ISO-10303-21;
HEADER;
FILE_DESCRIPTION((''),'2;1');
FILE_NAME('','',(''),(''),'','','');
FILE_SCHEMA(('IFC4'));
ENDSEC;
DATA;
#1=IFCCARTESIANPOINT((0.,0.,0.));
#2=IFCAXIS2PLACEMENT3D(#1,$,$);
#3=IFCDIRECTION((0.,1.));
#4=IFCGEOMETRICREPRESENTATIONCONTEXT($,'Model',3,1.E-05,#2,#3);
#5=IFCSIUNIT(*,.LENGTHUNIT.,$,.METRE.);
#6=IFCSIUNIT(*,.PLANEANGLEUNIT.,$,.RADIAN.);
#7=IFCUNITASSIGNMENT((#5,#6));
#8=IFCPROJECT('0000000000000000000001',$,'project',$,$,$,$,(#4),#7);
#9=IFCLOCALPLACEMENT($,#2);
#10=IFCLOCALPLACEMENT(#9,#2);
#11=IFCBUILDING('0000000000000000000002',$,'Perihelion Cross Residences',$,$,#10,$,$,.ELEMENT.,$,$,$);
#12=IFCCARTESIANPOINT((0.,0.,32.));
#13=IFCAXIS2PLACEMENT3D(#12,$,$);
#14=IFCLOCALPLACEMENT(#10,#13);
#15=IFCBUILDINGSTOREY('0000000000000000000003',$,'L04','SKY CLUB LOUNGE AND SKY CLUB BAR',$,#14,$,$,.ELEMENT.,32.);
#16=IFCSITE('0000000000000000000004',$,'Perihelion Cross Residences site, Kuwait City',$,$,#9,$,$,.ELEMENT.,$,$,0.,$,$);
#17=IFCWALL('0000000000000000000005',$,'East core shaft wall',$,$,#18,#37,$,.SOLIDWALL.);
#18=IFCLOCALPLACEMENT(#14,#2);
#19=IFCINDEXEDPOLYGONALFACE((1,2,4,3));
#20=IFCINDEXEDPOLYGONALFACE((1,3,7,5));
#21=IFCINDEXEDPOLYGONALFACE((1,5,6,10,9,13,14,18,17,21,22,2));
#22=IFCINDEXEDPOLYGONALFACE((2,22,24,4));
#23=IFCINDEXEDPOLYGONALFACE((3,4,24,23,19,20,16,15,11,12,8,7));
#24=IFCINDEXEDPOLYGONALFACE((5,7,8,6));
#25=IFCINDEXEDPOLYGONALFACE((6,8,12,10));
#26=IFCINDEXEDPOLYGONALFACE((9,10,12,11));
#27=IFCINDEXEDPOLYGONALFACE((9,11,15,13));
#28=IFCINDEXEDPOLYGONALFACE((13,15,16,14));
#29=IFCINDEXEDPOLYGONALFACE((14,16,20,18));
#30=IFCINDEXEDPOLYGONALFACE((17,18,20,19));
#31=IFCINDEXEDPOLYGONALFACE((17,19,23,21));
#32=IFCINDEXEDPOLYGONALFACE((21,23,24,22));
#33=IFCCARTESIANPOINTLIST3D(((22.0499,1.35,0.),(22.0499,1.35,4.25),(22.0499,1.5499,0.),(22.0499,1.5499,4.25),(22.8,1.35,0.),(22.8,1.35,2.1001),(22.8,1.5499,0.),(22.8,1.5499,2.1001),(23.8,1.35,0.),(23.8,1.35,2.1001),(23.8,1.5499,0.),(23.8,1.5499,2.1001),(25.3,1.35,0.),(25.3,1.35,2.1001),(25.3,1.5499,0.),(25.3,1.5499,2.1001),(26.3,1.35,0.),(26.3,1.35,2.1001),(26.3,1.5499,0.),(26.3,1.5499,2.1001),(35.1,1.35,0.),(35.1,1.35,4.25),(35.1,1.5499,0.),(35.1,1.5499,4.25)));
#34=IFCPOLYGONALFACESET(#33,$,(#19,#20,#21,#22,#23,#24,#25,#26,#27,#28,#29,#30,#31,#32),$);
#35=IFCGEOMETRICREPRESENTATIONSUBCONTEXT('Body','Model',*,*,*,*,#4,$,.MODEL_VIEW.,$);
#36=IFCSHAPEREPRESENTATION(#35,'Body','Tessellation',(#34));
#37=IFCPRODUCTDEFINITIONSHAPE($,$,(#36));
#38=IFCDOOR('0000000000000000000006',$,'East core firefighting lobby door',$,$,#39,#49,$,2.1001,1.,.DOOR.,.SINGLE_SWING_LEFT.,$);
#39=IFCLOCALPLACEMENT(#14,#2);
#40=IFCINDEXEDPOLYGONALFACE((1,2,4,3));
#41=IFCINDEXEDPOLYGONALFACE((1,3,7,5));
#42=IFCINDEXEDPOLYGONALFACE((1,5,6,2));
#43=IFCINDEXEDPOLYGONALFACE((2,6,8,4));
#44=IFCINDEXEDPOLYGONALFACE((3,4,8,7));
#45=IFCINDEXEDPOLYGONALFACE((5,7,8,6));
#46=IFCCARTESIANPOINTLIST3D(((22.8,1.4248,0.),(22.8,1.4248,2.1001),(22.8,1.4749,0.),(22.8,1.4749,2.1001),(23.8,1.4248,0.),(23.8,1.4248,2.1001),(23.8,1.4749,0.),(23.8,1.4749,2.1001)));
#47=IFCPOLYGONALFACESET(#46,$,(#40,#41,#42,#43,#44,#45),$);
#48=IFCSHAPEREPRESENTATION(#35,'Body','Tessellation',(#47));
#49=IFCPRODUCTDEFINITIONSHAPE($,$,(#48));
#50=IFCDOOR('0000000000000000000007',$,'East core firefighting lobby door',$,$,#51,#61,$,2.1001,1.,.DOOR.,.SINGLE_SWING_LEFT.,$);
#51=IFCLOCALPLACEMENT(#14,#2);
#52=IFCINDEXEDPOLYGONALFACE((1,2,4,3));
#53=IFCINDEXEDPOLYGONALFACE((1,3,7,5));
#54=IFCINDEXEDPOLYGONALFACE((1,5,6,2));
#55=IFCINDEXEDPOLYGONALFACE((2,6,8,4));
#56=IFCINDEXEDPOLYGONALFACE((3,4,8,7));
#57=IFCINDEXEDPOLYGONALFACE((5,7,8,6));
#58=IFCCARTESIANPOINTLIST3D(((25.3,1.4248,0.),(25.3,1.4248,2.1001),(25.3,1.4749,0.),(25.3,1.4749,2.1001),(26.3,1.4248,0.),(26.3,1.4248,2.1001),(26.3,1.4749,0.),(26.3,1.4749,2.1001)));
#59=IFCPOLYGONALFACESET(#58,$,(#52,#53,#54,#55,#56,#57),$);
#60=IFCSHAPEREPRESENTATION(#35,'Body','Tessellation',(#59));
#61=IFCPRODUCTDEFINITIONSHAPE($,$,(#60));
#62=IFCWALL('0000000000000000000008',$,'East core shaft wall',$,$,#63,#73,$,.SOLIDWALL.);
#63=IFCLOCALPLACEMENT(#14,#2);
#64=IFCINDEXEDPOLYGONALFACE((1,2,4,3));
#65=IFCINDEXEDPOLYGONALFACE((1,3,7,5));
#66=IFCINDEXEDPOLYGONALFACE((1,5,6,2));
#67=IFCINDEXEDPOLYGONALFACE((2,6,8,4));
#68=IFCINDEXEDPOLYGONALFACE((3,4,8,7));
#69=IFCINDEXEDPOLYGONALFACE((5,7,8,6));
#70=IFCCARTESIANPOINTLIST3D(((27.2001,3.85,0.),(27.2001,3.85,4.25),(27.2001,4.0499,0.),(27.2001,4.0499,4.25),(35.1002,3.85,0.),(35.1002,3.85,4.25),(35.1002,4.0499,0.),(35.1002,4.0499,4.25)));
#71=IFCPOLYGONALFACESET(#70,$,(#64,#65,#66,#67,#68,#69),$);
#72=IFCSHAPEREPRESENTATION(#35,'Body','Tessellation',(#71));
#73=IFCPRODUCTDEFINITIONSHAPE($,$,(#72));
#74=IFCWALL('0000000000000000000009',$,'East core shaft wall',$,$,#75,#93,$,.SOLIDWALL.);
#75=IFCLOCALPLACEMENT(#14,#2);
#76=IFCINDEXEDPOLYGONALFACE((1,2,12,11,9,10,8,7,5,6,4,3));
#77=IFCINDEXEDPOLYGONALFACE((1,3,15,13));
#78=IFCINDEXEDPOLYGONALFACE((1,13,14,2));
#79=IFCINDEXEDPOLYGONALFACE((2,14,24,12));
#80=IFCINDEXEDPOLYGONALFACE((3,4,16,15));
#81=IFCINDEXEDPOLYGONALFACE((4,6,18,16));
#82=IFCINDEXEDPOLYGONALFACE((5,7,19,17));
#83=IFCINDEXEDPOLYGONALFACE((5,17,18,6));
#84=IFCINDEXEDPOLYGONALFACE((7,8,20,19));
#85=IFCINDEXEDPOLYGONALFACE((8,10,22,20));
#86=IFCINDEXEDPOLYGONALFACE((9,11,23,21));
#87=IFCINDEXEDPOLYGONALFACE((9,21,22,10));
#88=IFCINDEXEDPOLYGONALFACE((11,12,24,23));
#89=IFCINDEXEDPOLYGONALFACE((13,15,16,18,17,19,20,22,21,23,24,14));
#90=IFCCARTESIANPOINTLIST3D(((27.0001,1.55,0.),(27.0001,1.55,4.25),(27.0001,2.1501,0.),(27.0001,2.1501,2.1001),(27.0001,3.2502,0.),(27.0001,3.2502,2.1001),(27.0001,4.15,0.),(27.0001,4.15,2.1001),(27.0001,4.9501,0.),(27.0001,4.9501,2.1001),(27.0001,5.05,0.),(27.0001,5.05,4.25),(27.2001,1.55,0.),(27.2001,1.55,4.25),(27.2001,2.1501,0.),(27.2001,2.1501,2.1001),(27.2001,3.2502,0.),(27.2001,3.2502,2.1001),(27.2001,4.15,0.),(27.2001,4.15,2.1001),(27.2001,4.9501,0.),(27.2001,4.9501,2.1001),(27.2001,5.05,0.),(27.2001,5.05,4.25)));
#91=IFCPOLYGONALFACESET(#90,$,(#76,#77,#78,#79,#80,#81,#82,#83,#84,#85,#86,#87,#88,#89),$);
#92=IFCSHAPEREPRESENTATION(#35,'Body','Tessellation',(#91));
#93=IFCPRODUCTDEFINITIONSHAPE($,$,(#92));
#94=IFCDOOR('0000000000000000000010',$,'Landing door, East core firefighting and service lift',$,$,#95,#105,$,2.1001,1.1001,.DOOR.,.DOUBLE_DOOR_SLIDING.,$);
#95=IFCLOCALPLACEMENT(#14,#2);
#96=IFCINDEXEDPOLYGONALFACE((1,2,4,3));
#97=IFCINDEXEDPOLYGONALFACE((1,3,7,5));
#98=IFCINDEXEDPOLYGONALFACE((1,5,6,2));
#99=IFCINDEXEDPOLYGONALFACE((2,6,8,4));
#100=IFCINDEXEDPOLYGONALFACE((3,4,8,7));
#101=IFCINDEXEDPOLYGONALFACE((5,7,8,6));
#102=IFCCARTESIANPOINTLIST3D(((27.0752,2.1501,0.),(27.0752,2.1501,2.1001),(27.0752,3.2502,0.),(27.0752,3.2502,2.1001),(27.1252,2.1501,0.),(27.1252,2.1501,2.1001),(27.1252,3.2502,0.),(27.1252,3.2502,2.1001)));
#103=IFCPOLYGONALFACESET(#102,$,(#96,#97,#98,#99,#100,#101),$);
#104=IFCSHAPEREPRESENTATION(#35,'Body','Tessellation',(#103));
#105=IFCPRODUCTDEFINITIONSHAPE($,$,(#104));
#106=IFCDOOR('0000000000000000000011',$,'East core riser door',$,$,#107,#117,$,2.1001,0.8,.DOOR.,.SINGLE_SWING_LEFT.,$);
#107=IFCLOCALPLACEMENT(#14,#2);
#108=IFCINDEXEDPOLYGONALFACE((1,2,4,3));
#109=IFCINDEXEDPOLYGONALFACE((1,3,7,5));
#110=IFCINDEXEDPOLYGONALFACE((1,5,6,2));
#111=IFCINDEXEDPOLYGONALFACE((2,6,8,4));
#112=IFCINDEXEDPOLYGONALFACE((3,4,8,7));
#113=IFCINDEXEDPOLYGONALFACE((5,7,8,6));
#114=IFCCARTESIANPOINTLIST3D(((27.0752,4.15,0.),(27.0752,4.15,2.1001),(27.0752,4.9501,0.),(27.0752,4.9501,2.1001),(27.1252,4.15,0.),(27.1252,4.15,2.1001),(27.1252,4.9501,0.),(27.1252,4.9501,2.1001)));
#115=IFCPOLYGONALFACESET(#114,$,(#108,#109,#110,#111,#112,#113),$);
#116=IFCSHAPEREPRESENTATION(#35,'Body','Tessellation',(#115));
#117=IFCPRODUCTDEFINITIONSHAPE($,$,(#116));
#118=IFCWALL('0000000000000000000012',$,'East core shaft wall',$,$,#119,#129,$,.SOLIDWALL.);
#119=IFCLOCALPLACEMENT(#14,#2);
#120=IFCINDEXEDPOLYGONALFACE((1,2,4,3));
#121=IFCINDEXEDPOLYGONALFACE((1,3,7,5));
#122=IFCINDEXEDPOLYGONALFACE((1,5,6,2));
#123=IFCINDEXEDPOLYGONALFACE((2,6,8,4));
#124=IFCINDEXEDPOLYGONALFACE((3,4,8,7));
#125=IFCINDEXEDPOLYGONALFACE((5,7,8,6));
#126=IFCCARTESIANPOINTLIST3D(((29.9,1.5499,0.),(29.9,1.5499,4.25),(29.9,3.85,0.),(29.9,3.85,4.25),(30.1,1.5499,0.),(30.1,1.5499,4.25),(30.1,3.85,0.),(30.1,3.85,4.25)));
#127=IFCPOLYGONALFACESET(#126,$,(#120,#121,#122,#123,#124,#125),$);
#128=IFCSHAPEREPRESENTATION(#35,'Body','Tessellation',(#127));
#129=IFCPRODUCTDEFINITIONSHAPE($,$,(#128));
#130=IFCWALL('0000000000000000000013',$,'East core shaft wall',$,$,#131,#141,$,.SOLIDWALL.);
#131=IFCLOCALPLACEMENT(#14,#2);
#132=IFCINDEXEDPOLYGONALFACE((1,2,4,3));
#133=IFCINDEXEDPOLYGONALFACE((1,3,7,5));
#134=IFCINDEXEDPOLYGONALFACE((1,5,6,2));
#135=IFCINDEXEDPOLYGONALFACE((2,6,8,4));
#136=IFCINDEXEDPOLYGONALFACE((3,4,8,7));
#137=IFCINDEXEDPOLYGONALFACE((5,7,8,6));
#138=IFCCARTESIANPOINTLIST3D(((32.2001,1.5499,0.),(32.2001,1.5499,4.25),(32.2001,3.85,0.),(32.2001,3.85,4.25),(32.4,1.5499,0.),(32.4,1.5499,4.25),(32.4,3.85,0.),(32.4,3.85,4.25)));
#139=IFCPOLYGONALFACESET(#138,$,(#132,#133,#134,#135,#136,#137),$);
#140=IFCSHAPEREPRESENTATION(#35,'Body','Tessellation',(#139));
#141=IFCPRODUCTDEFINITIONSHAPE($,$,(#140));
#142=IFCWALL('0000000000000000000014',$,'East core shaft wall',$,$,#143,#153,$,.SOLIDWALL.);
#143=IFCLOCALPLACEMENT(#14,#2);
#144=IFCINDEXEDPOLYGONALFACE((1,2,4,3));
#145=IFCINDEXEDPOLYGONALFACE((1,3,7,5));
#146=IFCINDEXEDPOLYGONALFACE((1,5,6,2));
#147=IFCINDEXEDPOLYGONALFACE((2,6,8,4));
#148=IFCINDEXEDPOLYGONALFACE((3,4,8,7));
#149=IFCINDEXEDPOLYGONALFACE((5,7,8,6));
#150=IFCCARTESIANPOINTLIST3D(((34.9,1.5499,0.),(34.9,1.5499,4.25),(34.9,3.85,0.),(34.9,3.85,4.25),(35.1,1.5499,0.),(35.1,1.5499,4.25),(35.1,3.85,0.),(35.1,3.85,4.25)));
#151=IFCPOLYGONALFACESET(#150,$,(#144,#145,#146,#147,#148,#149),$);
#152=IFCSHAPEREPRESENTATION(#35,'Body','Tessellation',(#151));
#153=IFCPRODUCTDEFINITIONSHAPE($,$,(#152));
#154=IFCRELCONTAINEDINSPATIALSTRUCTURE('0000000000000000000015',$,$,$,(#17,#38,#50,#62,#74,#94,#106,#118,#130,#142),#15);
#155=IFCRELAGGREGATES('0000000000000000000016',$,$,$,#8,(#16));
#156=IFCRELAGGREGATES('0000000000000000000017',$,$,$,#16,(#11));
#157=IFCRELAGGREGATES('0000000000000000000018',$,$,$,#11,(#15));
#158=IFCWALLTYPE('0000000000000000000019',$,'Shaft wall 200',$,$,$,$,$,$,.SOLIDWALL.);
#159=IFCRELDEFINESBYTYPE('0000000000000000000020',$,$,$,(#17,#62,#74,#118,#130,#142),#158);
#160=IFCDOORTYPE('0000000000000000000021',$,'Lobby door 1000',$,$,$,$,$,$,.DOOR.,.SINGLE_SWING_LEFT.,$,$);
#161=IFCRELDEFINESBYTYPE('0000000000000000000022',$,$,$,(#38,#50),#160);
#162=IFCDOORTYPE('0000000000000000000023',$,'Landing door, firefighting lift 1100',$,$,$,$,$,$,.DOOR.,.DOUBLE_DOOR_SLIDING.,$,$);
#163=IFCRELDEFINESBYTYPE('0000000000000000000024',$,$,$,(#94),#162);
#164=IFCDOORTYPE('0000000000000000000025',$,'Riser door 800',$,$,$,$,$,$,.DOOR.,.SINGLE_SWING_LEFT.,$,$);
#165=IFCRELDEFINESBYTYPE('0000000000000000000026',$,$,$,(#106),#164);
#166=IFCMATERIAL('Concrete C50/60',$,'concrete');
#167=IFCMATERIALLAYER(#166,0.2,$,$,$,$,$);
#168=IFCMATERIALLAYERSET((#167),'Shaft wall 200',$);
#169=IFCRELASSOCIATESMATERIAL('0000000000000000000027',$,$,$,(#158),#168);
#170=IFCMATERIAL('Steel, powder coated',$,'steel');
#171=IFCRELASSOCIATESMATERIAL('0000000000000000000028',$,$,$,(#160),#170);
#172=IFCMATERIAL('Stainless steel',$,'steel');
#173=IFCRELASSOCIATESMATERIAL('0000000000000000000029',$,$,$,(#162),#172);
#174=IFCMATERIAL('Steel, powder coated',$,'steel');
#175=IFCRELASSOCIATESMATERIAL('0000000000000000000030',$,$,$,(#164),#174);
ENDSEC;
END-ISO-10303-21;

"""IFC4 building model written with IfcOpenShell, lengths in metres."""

from ifc_helpers import new_model, si_unit, direction, frame, frame_2d, origin, place, context, subcontext, project, spatial, rectangle, extrude, material, layer, layer_set, type_object, element, fill, save


model = new_model("IFC4")

# Units and contexts
model_context = context("Model", 3, precision=1e-05, world=origin(), true_north=direction((0.0, 1.0)))
body_context = subcontext(model_context, "Body", "Model", "MODEL_VIEW")
ifc_project = project(units=[si_unit("LENGTHUNIT", "METRE"), si_unit("PLANEANGLEUNIT", "RADIAN")], contexts=[model_context])

# Site, building, storey
site_placement = place(None, origin())
site = spatial("IfcSite", under=ifc_project, at=site_placement, Name="Perihelion Cross Residences site, Kuwait City", CompositionType="ELEMENT", RefElevation=0.0)
building_placement = place(site_placement, origin())
building = spatial("IfcBuilding", under=site, at=building_placement, Name="Perihelion Cross Residences", CompositionType="ELEMENT")
storey_placement = place(building_placement, frame((0.0, 0.0, 32.0)))
storey = spatial("IfcBuildingStorey", under=building, at=storey_placement, Name="L04", Description="SKY CLUB LOUNGE AND SKY CLUB BAR", CompositionType="ELEMENT", Elevation=32.0)

# Wall, openings, doors
ifc_material_1 = material(Name="Concrete C50/60", Category="concrete")
ifc_layer_1 = layer(ifc_material_1, 0.2)
ifc_layer_set_1 = layer_set([ifc_layer_1], Name="Shaft wall 200")
wall_type_1 = type_object("IfcWallType", Name="Shaft wall 200", PredefinedType="SOLIDWALL", material=ifc_layer_set_1)
wall_1_placement = place(storey_placement, frame((22.05, 1.45, 0.0), z_axis=(0.0, 0.0, 1.0), x_axis=(1.0, 0.0, 0.0)))
wall_1 = element("IfcWall", 1, at=wall_1_placement, inside=storey, type_object=wall_type_1, Name="East core shaft wall", PredefinedType="SOLIDWALL", context=body_context, shape_type="SweptSolid", body=[
    extrude(rectangle(XDim=13.05, YDim=0.2, at=frame_2d((6.5249, 0.0))), origin(), (0.0, 0.0, 1.0), 4.25),
])
opening_1_placement = place(wall_1_placement, frame((0.75, 0.0, 0.0)))
opening_1 = element("IfcOpeningElement", 2, at=opening_1_placement, cuts=wall_1, PredefinedType="OPENING", context=body_context, shape_type="SweptSolid", body=[
    extrude(rectangle(XDim=1.0, YDim=2.1001, at=frame_2d((0.5, 1.05))), frame((0.0, 0.1099, 0.0), z_axis=(0.0, -1.0, 0.0), x_axis=(1.0, 0.0, 0.0)), (0.0, 0.0, 1.0), 0.22),
])
opening_2_placement = place(wall_1_placement, frame((3.25, 0.0, 0.0)))
opening_2 = element("IfcOpeningElement", 3, at=opening_2_placement, cuts=wall_1, PredefinedType="OPENING", context=body_context, shape_type="SweptSolid", body=[
    extrude(rectangle(XDim=1.0, YDim=2.1001, at=frame_2d((0.5, 1.05))), frame((0.0, 0.1099, 0.0), z_axis=(0.0, -1.0, 0.0), x_axis=(1.0, 0.0, 0.0)), (0.0, 0.0, 1.0), 0.22),
])
ifc_material_2 = material(Name="Steel, powder coated", Category="steel")
door_type_1 = type_object("IfcDoorType", Name="Lobby door 1000", OperationType="SINGLE_SWING_LEFT", PredefinedType="DOOR", material=ifc_material_2)
door_1_placement = place(opening_1_placement, origin())
door_1 = element("IfcDoor", 4, at=door_1_placement, inside=storey, type_object=door_type_1, Name="East core firefighting lobby door", OperationType="SINGLE_SWING_LEFT", OverallHeight=2.1001, OverallWidth=1.0, PredefinedType="DOOR", context=body_context, shape_type="SweptSolid", body=[
    extrude(rectangle(XDim=1.0, YDim=2.1001, at=frame_2d((0.5, 1.05))), frame((0.0, 0.0249, 0.0), z_axis=(0.0, -1.0, 0.0), x_axis=(1.0, 0.0, 0.0)), (0.0, 0.0, 1.0), 0.05),
])
fill(opening_1, door_1)
door_2_placement = place(opening_2_placement, origin())
door_2 = element("IfcDoor", 5, at=door_2_placement, inside=storey, type_object=door_type_1, Name="East core firefighting lobby door", OperationType="SINGLE_SWING_LEFT", OverallHeight=2.1001, OverallWidth=1.0, PredefinedType="DOOR", context=body_context, shape_type="SweptSolid", body=[
    extrude(rectangle(XDim=1.0, YDim=2.1001, at=frame_2d((0.5, 1.05))), frame((0.0, 0.0249, 0.0), z_axis=(0.0, -1.0, 0.0), x_axis=(1.0, 0.0, 0.0)), (0.0, 0.0, 1.0), 0.05),
])
fill(opening_2, door_2)

# Wall
wall_2_placement = place(storey_placement, frame((27.2, 3.95, 0.0), z_axis=(0.0, 0.0, 1.0), x_axis=(1.0, 0.0, 0.0)))
element("IfcWall", 6, at=wall_2_placement, inside=storey, type_object=wall_type_1, Name="East core shaft wall", PredefinedType="SOLIDWALL", context=body_context, shape_type="SweptSolid", body=[
    extrude(rectangle(XDim=7.9001, YDim=0.2, at=frame_2d((3.9502, 0.0))), origin(), (0.0, 0.0, 1.0), 4.25),
])

# Wall, openings, doors
wall_3_placement = place(storey_placement, frame((27.1001, 1.55, 0.0), z_axis=(0.0, 0.0, 1.0), x_axis=(0.0, 1.0, 0.0)))
wall_3 = element("IfcWall", 7, at=wall_3_placement, inside=storey, type_object=wall_type_1, Name="East core shaft wall", PredefinedType="SOLIDWALL", context=body_context, shape_type="SweptSolid", body=[
    extrude(rectangle(XDim=3.5, YDim=0.2, at=frame_2d((1.75, 0.0))), origin(), (0.0, 0.0, 1.0), 4.25),
])
opening_3_placement = place(wall_3_placement, frame((0.6001, 0.0, 0.0)))
opening_3 = element("IfcOpeningElement", 8, at=opening_3_placement, cuts=wall_3, PredefinedType="OPENING", context=body_context, shape_type="SweptSolid", body=[
    extrude(rectangle(XDim=1.1001, YDim=2.1001, at=frame_2d((0.55, 1.05))), frame((0.0, 0.1099, 0.0), z_axis=(0.0, -1.0, 0.0), x_axis=(1.0, 0.0, 0.0)), (0.0, 0.0, 1.0), 0.22),
])
opening_4_placement = place(wall_3_placement, frame((2.6001, 0.0, 0.0)))
opening_4 = element("IfcOpeningElement", 9, at=opening_4_placement, cuts=wall_3, PredefinedType="OPENING", context=body_context, shape_type="SweptSolid", body=[
    extrude(rectangle(XDim=0.8, YDim=2.1001, at=frame_2d((0.3999, 1.05))), frame((0.0, 0.1099, 0.0), z_axis=(0.0, -1.0, 0.0), x_axis=(1.0, 0.0, 0.0)), (0.0, 0.0, 1.0), 0.22),
])
ifc_material_3 = material(Name="Stainless steel", Category="steel")
door_type_2 = type_object("IfcDoorType", Name="Landing door, firefighting lift 1100", OperationType="DOUBLE_DOOR_SLIDING", PredefinedType="DOOR", material=ifc_material_3)
door_3_placement = place(opening_3_placement, origin())
door_3 = element("IfcDoor", 10, at=door_3_placement, inside=storey, type_object=door_type_2, Name="Landing door, East core firefighting and service lift", OperationType="DOUBLE_DOOR_SLIDING", OverallHeight=2.1001, OverallWidth=1.1001, PredefinedType="DOOR", context=body_context, shape_type="SweptSolid", body=[
    extrude(rectangle(XDim=1.1001, YDim=2.1001, at=frame_2d((0.55, 1.05))), frame((0.0, 0.0249, 0.0), z_axis=(0.0, -1.0, 0.0), x_axis=(1.0, 0.0, 0.0)), (0.0, 0.0, 1.0), 0.05),
])
fill(opening_3, door_3)
ifc_material_4 = material(Name="Steel, powder coated", Category="steel")
door_type_3 = type_object("IfcDoorType", Name="Riser door 800", OperationType="SINGLE_SWING_LEFT", PredefinedType="DOOR", material=ifc_material_4)
door_4_placement = place(opening_4_placement, origin())
door_4 = element("IfcDoor", 11, at=door_4_placement, inside=storey, type_object=door_type_3, Name="East core riser door", OperationType="SINGLE_SWING_LEFT", OverallHeight=2.1001, OverallWidth=0.8, PredefinedType="DOOR", context=body_context, shape_type="SweptSolid", body=[
    extrude(rectangle(XDim=0.8, YDim=2.1001, at=frame_2d((0.3999, 1.05))), frame((0.0, 0.0249, 0.0), z_axis=(0.0, -1.0, 0.0), x_axis=(1.0, 0.0, 0.0)), (0.0, 0.0, 1.0), 0.05),
])
fill(opening_4, door_4)

# Walls
for number, where, z_axis, x_axis, name in (
    (12, (30.0, 1.55, 0.0), (0.0, 0.0, 1.0), (0.0, 1.0, 0.0), "East core shaft wall"),
    (13, (32.3, 1.55, 0.0), (0.0, 0.0, 1.0), (0.0, 1.0, 0.0), "East core shaft wall"),
    (14, (35.0, 1.55, 0.0), (0.0, 0.0, 1.0), (0.0, 1.0, 0.0), "East core shaft wall"),
):
    element("IfcWall", number, at=place(storey_placement, frame(where, z_axis=z_axis, x_axis=x_axis)), inside=storey, type_object=wall_type_1, Name=name, PredefinedType="SOLIDWALL", context=body_context, shape_type="SweptSolid", body=[
        extrude(rectangle(XDim=2.3, YDim=0.2, at=frame_2d((1.1499, 0.0))), origin(), (0.0, 0.0, 1.0), 4.25),
    ])

save(model, "model.ifc")
